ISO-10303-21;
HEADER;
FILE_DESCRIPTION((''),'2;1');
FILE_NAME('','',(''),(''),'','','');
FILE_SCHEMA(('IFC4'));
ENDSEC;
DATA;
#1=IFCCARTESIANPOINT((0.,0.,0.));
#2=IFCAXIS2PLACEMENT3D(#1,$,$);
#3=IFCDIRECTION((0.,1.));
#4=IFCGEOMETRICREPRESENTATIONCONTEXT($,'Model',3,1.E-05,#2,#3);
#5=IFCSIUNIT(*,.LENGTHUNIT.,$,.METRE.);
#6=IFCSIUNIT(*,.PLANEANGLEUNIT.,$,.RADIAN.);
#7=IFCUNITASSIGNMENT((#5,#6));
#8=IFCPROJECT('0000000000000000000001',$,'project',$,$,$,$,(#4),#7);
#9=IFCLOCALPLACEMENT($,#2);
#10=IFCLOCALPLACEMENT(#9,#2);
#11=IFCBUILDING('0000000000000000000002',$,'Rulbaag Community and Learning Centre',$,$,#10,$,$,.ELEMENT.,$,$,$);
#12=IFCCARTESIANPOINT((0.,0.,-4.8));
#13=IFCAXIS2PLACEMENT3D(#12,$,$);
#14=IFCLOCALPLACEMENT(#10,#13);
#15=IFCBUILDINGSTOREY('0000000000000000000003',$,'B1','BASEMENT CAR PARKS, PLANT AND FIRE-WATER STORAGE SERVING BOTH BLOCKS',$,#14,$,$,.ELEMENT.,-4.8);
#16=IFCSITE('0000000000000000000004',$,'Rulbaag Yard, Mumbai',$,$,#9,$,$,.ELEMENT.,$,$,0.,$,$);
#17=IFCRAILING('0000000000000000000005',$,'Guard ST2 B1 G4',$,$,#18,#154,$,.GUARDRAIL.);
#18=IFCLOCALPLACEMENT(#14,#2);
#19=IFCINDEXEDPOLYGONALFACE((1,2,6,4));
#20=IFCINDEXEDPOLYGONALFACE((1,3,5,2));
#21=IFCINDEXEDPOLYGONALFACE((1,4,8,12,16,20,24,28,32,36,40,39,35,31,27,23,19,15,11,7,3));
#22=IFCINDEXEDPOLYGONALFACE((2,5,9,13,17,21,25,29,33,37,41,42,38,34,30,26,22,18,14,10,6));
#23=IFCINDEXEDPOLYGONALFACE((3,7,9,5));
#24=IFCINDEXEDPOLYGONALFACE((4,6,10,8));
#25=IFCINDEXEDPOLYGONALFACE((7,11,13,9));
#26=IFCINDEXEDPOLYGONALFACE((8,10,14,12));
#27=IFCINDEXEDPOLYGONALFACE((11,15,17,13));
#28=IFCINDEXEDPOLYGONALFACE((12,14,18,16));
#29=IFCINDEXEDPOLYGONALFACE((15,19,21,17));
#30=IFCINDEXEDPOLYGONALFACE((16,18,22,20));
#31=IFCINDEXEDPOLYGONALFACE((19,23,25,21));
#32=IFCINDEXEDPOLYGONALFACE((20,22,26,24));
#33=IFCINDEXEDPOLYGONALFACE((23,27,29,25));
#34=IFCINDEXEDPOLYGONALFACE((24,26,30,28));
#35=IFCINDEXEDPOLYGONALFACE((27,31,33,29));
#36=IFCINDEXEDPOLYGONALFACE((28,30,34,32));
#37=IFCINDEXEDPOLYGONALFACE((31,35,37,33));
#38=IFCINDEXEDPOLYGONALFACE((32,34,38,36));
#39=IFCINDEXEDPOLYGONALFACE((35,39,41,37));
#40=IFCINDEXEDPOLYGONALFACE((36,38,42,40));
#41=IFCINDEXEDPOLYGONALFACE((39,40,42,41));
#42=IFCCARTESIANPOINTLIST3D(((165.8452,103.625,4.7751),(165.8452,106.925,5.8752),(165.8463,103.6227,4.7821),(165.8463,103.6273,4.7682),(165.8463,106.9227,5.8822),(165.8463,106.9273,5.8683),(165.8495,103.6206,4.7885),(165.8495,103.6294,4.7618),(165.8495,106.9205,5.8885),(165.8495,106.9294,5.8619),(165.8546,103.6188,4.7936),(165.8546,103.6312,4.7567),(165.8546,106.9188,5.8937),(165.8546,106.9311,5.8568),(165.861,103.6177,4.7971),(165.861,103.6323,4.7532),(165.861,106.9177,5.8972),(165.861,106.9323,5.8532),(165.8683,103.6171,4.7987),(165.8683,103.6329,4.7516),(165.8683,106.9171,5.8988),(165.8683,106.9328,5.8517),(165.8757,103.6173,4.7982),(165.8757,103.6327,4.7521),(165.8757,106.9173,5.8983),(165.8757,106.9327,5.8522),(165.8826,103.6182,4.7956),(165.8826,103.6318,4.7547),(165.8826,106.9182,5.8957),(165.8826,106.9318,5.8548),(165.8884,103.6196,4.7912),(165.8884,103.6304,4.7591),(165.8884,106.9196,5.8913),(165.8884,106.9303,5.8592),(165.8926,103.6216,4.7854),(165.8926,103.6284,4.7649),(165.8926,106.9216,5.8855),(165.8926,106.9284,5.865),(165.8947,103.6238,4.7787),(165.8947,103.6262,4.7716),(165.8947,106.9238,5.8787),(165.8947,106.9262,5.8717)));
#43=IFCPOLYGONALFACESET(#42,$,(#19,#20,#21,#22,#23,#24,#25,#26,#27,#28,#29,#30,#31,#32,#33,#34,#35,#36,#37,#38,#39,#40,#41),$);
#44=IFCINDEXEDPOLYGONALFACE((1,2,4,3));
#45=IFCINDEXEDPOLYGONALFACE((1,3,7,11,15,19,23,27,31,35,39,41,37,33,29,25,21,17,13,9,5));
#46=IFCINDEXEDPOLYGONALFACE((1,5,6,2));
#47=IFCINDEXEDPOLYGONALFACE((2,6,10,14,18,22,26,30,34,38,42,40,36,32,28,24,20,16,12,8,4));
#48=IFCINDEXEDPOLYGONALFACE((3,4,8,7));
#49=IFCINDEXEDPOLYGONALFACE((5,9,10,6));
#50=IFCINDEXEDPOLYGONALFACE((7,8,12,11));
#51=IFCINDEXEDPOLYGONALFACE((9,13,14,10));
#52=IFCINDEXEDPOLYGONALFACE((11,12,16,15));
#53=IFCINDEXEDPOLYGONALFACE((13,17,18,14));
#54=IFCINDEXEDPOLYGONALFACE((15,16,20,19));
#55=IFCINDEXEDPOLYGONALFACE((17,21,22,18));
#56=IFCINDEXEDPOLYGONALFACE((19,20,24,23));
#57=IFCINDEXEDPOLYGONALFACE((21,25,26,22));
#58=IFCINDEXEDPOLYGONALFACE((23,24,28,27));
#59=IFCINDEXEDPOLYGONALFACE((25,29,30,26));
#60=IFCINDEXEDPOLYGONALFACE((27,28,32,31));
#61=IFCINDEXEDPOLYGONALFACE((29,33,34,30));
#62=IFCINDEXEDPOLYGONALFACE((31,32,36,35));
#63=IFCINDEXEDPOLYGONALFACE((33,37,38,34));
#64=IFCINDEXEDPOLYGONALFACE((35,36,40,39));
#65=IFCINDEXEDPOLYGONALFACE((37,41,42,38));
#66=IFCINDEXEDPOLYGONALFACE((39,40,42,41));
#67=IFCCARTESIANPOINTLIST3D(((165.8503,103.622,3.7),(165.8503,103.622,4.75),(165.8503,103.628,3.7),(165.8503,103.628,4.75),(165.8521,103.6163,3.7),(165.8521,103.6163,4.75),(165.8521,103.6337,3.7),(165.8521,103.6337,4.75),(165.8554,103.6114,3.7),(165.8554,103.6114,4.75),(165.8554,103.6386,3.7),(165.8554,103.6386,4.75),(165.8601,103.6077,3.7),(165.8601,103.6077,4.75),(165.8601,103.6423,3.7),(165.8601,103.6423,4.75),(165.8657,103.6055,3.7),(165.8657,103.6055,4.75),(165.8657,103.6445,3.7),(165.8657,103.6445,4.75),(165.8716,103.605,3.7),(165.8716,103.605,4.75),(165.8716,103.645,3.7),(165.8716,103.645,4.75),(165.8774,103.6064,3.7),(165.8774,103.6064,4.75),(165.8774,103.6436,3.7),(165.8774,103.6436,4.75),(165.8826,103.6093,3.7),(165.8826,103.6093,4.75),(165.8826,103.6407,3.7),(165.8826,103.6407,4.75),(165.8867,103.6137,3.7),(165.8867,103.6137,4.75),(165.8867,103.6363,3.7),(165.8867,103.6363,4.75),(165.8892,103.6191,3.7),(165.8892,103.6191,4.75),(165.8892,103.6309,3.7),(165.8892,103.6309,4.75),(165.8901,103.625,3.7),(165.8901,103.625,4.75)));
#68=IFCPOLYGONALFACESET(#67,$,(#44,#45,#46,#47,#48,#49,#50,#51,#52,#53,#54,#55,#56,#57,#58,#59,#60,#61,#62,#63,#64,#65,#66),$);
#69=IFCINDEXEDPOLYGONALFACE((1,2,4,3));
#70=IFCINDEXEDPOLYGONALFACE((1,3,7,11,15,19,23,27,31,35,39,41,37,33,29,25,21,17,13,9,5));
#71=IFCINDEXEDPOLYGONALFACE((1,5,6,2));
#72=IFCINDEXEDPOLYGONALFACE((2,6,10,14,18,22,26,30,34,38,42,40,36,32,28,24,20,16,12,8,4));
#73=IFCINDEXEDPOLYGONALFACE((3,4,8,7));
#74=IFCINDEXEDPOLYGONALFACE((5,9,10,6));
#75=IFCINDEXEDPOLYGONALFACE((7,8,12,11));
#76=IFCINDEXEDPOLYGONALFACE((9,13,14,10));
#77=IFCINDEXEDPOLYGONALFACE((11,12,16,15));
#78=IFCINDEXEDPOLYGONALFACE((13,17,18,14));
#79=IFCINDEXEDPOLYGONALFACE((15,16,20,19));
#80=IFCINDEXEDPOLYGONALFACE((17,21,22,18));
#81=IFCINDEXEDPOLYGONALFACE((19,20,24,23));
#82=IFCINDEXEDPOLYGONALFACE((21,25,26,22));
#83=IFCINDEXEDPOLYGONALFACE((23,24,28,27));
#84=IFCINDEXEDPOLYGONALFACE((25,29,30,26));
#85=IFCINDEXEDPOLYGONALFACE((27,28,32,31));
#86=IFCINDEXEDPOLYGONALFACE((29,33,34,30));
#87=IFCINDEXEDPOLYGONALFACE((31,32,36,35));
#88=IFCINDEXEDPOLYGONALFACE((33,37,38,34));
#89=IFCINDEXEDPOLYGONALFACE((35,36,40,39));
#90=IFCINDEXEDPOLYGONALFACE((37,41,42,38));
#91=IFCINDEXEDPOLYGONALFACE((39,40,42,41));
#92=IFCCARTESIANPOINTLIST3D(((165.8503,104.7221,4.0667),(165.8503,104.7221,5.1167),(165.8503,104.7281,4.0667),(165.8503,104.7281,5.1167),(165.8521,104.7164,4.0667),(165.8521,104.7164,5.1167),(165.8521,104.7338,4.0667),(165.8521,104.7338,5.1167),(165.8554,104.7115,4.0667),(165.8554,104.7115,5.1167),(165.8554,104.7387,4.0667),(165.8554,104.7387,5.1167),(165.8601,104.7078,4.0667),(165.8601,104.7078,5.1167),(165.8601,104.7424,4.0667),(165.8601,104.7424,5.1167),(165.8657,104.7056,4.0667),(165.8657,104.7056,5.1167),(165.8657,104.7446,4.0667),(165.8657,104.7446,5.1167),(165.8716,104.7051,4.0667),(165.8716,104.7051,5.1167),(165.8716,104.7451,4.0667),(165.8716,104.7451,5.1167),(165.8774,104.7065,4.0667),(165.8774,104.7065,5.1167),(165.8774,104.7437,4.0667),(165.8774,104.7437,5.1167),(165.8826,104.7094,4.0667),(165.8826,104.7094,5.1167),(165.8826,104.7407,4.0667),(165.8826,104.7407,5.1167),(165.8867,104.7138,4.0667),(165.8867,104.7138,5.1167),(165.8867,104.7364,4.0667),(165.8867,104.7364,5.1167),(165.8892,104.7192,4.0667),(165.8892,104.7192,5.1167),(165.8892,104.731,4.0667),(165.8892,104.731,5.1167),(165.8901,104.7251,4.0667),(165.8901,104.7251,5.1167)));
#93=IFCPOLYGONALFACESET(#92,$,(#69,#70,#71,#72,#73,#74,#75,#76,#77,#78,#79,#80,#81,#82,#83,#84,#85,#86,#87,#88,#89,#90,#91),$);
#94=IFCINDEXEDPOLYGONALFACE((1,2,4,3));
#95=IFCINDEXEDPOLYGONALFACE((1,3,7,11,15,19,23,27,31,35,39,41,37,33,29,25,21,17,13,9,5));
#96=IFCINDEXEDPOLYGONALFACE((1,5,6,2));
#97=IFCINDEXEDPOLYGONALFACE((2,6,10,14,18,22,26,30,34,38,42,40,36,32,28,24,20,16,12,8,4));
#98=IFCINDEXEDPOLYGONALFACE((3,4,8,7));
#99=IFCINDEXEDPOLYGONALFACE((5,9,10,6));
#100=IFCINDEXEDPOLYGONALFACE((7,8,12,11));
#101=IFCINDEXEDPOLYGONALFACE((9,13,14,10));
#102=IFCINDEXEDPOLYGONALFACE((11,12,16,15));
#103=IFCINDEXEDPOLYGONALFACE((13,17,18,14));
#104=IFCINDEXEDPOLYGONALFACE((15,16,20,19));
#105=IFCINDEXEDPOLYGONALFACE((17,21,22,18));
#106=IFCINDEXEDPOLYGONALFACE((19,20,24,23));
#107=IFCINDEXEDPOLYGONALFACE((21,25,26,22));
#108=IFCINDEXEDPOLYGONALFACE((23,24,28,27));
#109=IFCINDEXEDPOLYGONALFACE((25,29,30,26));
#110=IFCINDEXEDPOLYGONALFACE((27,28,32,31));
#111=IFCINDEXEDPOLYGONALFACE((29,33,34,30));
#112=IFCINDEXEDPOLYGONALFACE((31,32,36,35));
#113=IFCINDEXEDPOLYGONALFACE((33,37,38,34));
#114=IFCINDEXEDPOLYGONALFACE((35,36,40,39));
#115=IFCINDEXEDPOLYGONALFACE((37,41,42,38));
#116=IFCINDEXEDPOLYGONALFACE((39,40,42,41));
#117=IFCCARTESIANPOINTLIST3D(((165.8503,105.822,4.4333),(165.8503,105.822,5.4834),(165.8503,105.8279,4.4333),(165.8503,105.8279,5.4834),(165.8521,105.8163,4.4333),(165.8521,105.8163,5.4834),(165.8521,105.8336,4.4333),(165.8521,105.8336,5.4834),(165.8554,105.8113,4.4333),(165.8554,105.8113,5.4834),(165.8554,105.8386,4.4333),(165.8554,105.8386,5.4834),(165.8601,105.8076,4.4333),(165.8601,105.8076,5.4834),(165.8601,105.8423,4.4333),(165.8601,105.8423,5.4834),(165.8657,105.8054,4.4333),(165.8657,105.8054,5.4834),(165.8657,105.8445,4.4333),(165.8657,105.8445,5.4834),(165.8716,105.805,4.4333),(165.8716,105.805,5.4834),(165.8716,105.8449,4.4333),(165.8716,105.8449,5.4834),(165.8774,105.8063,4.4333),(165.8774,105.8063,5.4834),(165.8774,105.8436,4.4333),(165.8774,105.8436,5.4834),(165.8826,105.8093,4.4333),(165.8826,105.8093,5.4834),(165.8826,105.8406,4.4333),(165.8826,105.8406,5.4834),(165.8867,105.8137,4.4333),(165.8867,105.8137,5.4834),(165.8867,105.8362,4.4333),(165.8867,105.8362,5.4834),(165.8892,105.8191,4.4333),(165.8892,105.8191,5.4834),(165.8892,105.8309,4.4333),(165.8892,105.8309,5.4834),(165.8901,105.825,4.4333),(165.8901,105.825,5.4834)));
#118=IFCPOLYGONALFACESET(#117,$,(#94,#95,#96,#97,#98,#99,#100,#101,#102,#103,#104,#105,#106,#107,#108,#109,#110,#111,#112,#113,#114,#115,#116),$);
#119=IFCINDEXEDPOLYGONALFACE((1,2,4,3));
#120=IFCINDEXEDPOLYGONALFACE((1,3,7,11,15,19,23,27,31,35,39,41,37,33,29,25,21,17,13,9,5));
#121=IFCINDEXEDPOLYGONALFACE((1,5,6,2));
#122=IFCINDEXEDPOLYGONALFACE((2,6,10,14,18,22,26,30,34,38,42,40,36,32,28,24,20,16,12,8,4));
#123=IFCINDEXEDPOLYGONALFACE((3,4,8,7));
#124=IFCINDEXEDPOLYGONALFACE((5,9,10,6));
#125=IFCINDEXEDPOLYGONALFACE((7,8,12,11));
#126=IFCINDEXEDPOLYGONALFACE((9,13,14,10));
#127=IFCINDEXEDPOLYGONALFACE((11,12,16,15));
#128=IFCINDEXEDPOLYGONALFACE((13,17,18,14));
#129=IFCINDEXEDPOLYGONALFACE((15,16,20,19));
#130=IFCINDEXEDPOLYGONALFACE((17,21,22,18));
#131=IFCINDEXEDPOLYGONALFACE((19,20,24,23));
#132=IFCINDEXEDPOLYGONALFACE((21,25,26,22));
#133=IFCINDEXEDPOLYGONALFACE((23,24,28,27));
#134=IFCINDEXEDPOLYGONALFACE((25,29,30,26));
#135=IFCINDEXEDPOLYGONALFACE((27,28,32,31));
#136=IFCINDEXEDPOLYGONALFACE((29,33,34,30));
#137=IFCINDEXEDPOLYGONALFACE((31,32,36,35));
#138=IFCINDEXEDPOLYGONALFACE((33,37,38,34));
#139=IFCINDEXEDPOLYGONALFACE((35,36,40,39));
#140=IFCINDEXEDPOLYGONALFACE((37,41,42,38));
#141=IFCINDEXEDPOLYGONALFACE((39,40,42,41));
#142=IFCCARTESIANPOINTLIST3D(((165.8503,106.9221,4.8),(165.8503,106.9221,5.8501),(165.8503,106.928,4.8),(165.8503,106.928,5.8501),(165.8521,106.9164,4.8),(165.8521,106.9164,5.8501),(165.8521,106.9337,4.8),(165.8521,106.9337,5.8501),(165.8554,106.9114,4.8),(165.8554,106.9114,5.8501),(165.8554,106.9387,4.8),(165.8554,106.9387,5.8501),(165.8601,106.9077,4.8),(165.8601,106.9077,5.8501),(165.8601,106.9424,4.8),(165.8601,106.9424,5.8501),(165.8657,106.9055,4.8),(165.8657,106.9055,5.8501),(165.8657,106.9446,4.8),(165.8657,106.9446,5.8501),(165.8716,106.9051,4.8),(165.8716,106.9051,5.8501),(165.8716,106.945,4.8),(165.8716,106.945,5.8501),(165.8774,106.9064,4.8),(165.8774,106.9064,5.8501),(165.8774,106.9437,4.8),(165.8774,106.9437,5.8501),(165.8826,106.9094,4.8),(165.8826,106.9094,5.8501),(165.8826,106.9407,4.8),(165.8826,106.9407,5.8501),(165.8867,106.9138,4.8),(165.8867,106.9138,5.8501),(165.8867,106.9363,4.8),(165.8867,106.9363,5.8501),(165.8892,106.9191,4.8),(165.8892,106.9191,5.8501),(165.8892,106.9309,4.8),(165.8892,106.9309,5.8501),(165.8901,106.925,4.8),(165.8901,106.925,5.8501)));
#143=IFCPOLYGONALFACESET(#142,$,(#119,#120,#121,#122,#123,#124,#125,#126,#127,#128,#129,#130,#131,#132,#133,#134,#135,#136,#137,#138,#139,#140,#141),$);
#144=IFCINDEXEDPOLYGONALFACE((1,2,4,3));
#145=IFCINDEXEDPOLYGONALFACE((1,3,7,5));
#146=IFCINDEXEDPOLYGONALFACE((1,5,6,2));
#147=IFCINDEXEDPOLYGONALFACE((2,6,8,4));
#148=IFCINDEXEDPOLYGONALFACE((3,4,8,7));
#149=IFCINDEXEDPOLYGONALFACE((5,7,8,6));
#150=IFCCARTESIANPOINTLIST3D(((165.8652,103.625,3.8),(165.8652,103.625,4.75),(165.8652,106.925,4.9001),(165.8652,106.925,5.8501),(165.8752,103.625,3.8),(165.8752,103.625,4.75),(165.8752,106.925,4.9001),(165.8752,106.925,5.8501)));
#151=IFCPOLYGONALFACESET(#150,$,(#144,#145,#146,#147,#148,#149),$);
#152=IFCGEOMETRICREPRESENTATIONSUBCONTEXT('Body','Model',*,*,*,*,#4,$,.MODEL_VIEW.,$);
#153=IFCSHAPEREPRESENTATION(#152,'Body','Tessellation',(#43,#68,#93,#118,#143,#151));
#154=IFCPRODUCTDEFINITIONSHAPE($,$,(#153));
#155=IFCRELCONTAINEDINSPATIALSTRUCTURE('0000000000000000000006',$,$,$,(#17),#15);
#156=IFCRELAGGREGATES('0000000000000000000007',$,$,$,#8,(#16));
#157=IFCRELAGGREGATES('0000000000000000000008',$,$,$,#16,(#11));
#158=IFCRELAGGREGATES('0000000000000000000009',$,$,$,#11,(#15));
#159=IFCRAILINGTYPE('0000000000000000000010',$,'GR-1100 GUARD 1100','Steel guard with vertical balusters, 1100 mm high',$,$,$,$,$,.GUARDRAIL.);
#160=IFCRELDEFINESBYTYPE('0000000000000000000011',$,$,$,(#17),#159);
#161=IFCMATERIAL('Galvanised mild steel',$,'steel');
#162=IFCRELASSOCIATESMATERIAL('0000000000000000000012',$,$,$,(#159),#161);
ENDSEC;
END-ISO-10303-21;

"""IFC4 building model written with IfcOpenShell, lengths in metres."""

from ifc_helpers import new_model, si_unit, direction, frame, origin, origin_2d, place, context, subcontext, project, spatial, polyline, circle, outline, extrude, material, type_object, element, save


model = new_model("IFC4")

# Units and contexts
model_context = context("Model", 3, precision=1e-05, world=origin(), true_north=direction((0.0, 1.0)))
body_context = subcontext(model_context, "Body", "Model", "MODEL_VIEW")
ifc_project = project(units=[si_unit("LENGTHUNIT", "METRE"), si_unit("PLANEANGLEUNIT", "RADIAN")], contexts=[model_context])

# Site, building, storey
site_placement = place(None, origin())
site = spatial("IfcSite", under=ifc_project, at=site_placement, Name="Rulbaag Yard, Mumbai", CompositionType="ELEMENT", RefElevation=0.0)
building_placement = place(site_placement, origin())
building = spatial("IfcBuilding", under=site, at=building_placement, Name="Rulbaag Community and Learning Centre", CompositionType="ELEMENT")
storey_placement = place(building_placement, frame((0.0, 0.0, -4.8)))
storey = spatial("IfcBuildingStorey", under=building, at=storey_placement, Name="B1", Description="BASEMENT CAR PARKS, PLANT AND FIRE-WATER STORAGE SERVING BOTH BLOCKS", CompositionType="ELEMENT", Elevation=-4.8)

# Railing
ifc_material_1 = material(Name="Galvanised mild steel", Category="steel")
railing_type_1 = type_object("IfcRailingType", Name="GR-1100 GUARD 1100", Description="Steel guard with vertical balusters, 1100 mm high", PredefinedType="GUARDRAIL", material=ifc_material_1)
railing_1_placement = place(storey_placement, frame((165.8701, 103.625, 3.7)))
element("IfcRailing", 1, at=railing_1_placement, inside=storey, type_object=railing_type_1, Name="Guard ST2 B1 G4", PredefinedType="GUARDRAIL", context=body_context, shape_type="SweptSolid", body=[
    extrude(circle(Radius=0.0249, at=origin_2d()), frame((0.0, 0.0, 1.0752), z_axis=(0.0, 0.948676, 0.316249), x_axis=(-1.0, 0.0, 0.0)), (0.0, 0.0, 1.0), 3.4785),
    extrude(circle(Radius=0.02, at=origin_2d()), origin(), (0.0, 0.0, 1.0), 1.05),
    extrude(circle(Radius=0.02, at=origin_2d()), frame((0.0, 1.1001, 0.3667)), (0.0, 0.0, 1.0), 1.05),
    extrude(circle(Radius=0.02, at=origin_2d()), frame((0.0, 2.2, 0.7334)), (0.0, 0.0, 1.0), 1.05),
    extrude(circle(Radius=0.02, at=origin_2d()), frame((0.0, 3.3, 1.1001)), (0.0, 0.0, 1.0), 1.05),
    extrude(outline(polyline([(0.0, 0.0), (3.3, 1.1001), (3.3, 2.05), (0.0, 0.95), (0.0, 0.0)])), frame((-0.0049, 0.0, 0.1001), z_axis=(1.0, 0.0, 0.0), x_axis=(0.0, 1.0, 0.0)), (0.0, 0.0, 1.0), 0.01),
])

save(model, "model.ifc")
